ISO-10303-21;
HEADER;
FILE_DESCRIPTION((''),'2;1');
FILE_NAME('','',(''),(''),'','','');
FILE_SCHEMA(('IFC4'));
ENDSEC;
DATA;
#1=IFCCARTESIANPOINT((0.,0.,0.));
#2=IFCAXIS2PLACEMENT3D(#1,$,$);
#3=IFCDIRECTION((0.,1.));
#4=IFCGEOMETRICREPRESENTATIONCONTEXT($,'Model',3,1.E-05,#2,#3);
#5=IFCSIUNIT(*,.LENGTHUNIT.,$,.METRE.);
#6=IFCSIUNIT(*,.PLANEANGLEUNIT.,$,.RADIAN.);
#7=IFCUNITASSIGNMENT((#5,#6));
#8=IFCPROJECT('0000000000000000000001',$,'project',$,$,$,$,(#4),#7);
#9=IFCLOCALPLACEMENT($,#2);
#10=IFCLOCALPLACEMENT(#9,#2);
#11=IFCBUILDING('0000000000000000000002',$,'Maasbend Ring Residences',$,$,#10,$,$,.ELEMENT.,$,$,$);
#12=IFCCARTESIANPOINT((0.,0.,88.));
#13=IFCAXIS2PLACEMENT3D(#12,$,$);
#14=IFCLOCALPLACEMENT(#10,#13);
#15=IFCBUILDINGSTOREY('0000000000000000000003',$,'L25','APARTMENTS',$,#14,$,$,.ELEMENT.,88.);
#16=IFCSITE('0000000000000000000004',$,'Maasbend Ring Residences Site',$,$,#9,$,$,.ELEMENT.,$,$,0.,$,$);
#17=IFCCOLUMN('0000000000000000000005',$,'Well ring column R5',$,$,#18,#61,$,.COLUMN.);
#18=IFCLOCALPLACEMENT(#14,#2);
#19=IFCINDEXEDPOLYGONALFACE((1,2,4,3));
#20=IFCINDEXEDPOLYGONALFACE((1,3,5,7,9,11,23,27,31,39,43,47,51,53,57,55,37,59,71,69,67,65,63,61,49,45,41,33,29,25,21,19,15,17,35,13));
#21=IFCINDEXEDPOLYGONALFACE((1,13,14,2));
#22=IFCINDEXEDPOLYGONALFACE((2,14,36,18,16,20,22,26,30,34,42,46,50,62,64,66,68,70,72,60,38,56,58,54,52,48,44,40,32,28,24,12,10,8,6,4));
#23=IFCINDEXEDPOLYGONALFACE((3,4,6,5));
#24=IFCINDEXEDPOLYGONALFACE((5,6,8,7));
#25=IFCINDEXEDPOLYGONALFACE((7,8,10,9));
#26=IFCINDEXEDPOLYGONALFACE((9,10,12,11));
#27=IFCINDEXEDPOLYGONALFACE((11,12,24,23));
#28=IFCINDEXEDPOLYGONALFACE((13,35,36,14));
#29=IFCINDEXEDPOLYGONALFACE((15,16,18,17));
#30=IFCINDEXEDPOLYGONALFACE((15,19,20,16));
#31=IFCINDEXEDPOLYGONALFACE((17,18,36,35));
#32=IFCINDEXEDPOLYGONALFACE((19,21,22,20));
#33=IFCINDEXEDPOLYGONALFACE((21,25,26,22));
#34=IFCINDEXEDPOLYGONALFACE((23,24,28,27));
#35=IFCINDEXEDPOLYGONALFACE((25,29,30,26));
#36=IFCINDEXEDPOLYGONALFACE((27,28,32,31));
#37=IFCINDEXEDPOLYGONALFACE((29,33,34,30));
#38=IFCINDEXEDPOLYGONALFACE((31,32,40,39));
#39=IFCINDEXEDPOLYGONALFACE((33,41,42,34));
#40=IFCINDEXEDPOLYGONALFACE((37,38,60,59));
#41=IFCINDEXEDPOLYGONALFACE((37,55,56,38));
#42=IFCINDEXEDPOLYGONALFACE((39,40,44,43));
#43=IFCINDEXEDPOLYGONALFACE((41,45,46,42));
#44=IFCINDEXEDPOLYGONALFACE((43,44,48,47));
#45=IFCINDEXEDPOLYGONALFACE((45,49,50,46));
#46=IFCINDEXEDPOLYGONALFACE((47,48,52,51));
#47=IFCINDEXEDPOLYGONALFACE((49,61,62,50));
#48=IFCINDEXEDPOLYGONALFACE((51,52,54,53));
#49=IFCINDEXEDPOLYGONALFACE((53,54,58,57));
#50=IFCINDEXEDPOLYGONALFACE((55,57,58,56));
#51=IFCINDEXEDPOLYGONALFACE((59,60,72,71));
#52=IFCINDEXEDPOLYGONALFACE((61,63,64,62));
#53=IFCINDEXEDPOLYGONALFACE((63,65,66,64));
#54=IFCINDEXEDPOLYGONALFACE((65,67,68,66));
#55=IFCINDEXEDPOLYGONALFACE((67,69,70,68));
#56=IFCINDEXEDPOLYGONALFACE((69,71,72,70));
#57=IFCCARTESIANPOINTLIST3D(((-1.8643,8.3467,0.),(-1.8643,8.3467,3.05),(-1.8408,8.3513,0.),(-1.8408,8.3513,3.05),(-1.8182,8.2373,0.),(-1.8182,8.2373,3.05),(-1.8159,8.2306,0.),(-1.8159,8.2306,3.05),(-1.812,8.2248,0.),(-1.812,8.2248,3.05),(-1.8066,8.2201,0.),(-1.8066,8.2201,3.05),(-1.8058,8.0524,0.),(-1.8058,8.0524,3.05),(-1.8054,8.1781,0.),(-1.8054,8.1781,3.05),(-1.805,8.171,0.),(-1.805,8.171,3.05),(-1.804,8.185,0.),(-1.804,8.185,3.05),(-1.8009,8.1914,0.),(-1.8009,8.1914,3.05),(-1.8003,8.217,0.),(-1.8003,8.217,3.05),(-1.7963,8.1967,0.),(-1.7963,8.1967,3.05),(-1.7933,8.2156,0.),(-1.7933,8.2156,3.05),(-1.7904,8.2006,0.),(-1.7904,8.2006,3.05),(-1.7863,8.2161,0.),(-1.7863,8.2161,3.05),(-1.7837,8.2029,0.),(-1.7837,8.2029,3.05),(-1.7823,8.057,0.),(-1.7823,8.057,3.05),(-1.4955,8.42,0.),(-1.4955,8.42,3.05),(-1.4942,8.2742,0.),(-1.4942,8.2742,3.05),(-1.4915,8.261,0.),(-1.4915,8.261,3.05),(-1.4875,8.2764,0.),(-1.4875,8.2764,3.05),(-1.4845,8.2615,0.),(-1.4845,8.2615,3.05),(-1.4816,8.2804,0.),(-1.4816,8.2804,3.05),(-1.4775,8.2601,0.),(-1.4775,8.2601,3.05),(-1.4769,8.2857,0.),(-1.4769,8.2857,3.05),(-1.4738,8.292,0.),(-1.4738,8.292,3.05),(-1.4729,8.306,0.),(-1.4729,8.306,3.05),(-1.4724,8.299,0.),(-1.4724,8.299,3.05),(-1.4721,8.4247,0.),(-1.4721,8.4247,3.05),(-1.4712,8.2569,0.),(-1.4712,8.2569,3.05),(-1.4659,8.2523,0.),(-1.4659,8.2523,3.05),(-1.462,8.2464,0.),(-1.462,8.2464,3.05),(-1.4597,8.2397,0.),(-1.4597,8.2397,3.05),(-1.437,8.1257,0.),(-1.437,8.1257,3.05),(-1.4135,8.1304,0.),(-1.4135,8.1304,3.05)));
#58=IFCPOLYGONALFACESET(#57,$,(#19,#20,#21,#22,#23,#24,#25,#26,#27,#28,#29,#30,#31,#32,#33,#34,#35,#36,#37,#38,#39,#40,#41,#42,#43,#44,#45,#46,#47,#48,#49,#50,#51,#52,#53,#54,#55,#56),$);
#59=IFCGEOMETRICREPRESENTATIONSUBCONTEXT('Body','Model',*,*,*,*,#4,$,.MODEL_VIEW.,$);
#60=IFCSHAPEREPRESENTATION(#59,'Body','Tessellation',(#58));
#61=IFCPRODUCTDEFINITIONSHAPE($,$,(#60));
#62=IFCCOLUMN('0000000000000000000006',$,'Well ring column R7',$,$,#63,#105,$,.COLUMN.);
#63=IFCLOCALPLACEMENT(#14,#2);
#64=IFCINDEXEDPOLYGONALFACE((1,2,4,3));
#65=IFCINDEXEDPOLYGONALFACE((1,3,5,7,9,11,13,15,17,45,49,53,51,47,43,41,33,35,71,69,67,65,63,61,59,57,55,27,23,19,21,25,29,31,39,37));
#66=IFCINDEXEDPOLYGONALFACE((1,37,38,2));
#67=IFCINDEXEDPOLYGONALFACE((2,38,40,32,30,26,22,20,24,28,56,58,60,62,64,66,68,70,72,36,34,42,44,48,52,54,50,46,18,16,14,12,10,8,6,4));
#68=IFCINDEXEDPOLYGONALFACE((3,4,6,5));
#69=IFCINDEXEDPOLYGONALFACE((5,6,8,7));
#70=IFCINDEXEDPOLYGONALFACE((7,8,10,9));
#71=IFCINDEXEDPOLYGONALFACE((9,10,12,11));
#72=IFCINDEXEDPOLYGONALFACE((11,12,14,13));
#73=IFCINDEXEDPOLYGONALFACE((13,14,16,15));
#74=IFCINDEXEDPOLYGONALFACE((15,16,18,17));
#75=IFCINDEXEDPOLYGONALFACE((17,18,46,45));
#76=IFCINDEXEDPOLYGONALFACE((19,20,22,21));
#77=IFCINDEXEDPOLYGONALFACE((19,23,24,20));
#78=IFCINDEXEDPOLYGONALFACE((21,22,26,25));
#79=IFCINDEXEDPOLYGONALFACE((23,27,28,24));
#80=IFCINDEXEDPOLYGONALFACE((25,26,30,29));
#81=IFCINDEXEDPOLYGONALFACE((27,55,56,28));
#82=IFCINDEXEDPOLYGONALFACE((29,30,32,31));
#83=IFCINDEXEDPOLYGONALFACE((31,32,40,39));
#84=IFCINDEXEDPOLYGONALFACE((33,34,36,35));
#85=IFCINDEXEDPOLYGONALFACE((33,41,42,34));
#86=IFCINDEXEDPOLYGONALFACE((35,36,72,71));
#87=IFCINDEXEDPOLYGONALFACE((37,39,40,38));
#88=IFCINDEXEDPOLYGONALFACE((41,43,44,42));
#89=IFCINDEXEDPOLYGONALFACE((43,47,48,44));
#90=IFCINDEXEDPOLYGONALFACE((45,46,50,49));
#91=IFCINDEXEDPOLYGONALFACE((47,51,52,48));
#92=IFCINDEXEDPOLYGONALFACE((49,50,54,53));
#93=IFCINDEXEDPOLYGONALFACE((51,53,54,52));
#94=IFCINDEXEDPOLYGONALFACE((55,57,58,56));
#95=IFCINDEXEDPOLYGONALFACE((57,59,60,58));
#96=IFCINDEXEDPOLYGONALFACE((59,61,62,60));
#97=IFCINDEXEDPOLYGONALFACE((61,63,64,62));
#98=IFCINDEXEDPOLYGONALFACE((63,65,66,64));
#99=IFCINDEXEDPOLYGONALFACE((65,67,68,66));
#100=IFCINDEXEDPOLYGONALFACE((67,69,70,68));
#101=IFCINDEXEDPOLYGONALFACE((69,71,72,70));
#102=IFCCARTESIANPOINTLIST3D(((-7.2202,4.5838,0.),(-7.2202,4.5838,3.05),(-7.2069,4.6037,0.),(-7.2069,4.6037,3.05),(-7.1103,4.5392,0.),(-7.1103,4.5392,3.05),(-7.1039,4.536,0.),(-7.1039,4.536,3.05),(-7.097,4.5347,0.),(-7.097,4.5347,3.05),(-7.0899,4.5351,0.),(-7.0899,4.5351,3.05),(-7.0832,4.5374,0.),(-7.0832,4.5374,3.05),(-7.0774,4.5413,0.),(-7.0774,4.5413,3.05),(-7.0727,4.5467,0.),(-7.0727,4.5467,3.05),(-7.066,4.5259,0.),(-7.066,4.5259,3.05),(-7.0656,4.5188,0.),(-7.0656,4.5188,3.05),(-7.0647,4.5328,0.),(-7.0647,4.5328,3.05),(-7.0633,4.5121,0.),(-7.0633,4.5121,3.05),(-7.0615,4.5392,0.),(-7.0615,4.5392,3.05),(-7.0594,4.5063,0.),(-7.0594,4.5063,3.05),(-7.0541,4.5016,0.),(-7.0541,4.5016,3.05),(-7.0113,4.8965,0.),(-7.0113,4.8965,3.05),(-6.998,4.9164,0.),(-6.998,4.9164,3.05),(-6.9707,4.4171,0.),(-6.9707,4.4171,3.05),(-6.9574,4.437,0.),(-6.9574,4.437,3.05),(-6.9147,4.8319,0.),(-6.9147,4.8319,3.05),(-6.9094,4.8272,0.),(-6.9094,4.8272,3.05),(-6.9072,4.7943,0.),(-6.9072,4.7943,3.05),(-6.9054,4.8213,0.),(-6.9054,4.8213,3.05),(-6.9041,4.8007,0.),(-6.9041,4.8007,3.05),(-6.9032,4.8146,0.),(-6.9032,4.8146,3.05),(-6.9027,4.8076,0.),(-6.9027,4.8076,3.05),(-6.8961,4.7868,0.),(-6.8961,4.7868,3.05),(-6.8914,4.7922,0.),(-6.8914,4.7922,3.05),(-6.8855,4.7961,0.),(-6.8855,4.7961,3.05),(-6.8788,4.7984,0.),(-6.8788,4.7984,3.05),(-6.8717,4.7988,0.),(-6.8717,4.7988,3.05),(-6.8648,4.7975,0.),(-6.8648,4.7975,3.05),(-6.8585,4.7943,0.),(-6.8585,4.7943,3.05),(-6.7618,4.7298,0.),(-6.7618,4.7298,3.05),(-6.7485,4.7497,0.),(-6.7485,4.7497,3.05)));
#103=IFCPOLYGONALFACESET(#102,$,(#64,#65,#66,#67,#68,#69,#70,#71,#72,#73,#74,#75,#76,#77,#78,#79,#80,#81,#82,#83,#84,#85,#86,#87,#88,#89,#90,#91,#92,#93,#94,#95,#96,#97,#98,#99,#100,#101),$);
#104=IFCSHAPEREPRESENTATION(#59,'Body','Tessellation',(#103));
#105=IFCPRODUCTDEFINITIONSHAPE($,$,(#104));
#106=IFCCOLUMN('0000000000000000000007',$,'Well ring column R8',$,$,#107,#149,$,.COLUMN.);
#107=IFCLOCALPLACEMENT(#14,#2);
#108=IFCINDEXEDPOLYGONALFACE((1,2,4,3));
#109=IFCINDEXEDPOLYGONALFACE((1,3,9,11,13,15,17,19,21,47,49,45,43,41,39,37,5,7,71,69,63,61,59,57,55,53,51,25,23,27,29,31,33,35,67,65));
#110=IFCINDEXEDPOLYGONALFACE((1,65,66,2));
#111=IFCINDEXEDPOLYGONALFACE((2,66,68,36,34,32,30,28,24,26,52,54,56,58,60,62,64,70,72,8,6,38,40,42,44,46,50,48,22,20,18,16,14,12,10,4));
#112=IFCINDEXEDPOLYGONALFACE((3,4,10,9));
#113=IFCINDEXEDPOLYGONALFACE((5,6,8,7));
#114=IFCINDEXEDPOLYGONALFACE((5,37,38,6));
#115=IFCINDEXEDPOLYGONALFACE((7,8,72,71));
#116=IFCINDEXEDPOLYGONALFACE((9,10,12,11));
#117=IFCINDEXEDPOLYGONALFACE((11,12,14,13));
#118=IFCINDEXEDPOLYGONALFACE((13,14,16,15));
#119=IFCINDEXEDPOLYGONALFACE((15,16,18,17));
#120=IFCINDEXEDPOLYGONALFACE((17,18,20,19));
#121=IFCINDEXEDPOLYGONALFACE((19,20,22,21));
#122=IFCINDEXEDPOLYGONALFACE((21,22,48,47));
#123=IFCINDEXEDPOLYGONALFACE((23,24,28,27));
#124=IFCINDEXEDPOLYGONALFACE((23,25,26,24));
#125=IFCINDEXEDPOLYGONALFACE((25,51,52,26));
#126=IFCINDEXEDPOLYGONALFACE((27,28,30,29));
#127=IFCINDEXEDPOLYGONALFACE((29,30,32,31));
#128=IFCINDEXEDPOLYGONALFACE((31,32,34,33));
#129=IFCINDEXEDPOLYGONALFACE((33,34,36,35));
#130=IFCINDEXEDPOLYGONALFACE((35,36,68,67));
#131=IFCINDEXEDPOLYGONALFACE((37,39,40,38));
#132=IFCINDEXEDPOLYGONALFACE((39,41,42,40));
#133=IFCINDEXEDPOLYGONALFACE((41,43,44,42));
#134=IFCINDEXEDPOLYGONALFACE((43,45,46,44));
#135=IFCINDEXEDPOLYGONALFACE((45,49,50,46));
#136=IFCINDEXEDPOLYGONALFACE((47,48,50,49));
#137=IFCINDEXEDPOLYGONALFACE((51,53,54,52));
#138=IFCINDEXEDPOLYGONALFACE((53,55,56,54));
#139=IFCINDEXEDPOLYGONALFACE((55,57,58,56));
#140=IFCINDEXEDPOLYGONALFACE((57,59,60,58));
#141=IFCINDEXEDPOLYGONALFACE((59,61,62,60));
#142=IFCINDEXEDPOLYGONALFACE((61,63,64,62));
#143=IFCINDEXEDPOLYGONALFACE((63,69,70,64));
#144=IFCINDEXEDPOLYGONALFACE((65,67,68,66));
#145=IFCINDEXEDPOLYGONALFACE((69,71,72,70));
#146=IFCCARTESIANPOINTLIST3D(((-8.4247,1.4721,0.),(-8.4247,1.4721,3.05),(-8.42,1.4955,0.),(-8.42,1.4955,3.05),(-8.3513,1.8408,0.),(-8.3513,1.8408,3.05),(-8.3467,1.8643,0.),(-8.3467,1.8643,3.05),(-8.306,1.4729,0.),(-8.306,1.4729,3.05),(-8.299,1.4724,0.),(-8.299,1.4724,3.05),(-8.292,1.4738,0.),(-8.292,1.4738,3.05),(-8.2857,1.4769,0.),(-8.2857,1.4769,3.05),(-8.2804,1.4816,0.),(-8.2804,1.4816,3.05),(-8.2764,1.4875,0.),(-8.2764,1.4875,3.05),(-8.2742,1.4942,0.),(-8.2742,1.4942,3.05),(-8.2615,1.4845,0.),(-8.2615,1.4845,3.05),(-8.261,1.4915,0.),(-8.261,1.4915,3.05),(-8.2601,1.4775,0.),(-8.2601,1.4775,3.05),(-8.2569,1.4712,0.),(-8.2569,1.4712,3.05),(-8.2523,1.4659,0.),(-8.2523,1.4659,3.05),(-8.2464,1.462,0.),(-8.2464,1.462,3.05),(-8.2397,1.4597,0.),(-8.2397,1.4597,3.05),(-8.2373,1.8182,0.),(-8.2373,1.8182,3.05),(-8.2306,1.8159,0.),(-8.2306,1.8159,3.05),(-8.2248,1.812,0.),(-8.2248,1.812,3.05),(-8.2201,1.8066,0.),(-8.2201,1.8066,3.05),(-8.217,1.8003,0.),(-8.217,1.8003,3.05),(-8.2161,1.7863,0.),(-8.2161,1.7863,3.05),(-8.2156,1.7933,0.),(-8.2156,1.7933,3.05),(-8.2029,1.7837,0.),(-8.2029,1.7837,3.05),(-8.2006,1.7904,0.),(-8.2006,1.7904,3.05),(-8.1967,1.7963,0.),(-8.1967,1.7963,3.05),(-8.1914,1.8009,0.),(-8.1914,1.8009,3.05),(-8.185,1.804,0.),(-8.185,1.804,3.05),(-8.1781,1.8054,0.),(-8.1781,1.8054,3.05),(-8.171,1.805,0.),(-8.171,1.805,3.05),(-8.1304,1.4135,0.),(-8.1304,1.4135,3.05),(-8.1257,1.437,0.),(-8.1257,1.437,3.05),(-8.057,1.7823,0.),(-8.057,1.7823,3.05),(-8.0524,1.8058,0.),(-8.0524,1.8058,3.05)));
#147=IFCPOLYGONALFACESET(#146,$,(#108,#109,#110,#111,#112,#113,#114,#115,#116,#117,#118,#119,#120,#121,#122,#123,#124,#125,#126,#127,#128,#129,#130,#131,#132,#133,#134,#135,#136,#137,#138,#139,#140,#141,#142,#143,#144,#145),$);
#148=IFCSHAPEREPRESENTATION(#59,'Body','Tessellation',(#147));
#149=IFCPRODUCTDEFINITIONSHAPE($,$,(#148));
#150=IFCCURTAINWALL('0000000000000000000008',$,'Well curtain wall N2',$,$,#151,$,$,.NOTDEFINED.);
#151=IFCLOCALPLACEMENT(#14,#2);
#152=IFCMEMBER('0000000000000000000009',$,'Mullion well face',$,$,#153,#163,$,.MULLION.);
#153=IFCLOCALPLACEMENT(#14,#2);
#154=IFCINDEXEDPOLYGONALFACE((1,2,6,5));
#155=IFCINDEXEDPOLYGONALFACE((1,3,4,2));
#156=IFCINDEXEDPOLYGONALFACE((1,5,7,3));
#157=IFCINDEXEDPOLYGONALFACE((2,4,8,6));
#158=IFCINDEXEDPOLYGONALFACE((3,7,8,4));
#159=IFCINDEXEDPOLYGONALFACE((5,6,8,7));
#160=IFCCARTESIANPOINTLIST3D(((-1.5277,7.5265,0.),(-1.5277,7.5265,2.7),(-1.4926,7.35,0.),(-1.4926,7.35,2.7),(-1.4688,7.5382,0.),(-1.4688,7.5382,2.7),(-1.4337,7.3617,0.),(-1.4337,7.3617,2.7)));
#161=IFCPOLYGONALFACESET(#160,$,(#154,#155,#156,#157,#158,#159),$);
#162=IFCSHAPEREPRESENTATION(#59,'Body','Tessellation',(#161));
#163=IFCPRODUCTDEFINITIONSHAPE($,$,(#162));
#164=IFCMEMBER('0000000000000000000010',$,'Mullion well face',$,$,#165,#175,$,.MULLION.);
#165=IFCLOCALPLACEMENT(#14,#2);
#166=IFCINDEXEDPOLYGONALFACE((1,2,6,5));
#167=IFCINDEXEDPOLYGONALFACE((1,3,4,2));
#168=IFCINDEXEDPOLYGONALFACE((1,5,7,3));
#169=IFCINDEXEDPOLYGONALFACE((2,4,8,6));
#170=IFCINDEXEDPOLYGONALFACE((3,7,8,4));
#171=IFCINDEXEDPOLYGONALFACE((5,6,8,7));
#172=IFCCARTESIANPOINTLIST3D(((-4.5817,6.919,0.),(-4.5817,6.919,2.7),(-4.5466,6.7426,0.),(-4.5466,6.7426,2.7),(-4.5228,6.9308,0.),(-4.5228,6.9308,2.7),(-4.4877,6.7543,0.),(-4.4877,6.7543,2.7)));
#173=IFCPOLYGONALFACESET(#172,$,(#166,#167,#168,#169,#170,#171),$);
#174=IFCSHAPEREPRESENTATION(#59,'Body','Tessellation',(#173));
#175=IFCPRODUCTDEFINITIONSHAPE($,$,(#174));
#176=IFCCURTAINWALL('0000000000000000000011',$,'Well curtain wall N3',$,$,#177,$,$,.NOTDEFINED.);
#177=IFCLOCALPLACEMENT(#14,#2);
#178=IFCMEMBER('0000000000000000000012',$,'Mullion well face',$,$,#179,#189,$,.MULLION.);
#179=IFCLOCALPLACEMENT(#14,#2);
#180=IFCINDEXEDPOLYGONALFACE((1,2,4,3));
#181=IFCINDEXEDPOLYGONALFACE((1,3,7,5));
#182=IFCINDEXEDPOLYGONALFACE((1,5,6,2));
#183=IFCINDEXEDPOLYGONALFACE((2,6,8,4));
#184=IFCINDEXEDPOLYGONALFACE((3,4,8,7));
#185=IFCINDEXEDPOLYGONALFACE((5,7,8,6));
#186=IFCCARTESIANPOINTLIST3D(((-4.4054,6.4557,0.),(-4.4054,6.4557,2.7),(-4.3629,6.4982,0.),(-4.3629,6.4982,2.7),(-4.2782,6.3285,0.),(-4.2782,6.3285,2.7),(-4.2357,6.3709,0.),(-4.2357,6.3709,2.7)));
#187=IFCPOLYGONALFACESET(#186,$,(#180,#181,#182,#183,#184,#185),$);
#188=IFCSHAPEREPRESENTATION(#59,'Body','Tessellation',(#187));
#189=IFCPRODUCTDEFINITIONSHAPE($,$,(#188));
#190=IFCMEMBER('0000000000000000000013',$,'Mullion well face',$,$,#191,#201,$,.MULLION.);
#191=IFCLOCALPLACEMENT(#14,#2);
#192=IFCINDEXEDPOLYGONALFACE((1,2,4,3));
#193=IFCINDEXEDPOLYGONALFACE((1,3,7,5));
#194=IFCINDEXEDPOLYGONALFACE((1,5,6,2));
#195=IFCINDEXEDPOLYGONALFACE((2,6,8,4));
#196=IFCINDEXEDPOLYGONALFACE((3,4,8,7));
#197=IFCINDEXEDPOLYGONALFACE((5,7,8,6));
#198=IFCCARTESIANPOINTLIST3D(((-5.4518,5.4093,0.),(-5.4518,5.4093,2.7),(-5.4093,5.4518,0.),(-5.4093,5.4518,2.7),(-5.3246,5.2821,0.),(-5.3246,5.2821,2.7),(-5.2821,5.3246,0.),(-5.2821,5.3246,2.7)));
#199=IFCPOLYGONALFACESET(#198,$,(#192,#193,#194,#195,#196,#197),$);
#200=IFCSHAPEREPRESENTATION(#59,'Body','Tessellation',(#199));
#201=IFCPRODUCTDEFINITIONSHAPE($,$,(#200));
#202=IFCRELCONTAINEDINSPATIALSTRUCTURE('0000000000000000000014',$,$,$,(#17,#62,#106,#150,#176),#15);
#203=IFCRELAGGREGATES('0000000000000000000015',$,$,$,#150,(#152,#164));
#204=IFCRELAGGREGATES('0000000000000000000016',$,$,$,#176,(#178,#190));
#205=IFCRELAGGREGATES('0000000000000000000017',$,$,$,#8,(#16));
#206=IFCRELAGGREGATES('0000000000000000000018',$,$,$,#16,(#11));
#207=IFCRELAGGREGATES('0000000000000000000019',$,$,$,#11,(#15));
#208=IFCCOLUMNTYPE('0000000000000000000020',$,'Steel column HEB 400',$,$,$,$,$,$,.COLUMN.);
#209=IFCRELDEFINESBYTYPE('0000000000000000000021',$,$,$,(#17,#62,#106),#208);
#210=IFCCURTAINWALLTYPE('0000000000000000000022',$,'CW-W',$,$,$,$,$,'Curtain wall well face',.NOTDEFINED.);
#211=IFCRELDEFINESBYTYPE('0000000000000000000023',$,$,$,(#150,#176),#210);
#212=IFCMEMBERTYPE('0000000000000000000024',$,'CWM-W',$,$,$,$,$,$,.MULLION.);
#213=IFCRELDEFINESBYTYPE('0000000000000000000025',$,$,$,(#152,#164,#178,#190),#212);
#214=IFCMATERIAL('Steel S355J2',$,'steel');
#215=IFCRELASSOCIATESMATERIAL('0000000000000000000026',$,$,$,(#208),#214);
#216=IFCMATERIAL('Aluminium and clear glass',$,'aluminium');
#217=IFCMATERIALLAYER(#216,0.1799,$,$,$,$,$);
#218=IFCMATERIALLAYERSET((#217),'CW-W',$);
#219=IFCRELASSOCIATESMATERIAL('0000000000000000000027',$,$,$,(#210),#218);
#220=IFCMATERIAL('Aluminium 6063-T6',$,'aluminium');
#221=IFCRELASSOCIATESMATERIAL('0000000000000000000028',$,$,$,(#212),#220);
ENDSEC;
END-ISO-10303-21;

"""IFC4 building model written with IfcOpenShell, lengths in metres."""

from ifc_helpers import new_model, si_unit, direction, frame, origin, origin_2d, place, context, subcontext, project, spatial, rectangle, i_section, extrude, material, layer, layer_set, material_profile, profile_set, type_object, element, aggregate, save


model = new_model("IFC4")

# Units and contexts
model_context = context("Model", 3, precision=1e-05, world=origin(), true_north=direction((0.0, 1.0)))
body_context = subcontext(model_context, "Body", "Model", "MODEL_VIEW")
ifc_project = project(units=[si_unit("LENGTHUNIT", "METRE"), si_unit("PLANEANGLEUNIT", "RADIAN")], contexts=[model_context])

# Site, building, storey
site_placement = place(None, origin())
site = spatial("IfcSite", under=ifc_project, at=site_placement, Name="Maasbend Ring Residences Site", CompositionType="ELEMENT", RefElevation=0.0)
building_placement = place(site_placement, origin())
building = spatial("IfcBuilding", under=site, at=building_placement, Name="Maasbend Ring Residences", CompositionType="ELEMENT")
storey_placement = place(building_placement, frame((0.0, 0.0, 88.0)))
storey = spatial("IfcBuildingStorey", under=building, at=storey_placement, Name="L25", Description="APARTMENTS", CompositionType="ELEMENT", Elevation=88.0)

# Columns
ifc_material_1 = material(Name="Steel S355J2", Category="steel")
ifc_material_profile_1 = material_profile(ifc_material_1, i_section(OverallWidth=0.3, OverallDepth=0.3999, WebThickness=0.0134, FlangeThickness=0.0239, FilletRadius=0.0271, at=origin_2d()), Name="HEB 400")
ifc_profile_set_1 = profile_set([ifc_material_profile_1], Name="Steel S355J2")
column_type = type_object("IfcColumnType", Name="Steel column HEB 400", PredefinedType="COLUMN", material=ifc_profile_set_1)
for number, where, z_axis, x_axis, name in (
    (1, (-1.6389, 8.2385, 0.0), (0.0, 0.0, 1.0), (-0.19509, 0.980785, 0.0), "Well ring column R5"),
    (2, (-6.9844, 4.6667, 0.0), (0.0, 0.0, 1.0), (-0.83147, 0.55557, 0.0), "Well ring column R7"),
    (3, (-8.2385, 1.6389, 0.0), (0.0, 0.0, 1.0), (-0.980785, 0.19509, 0.0), "Well ring column R8"),
):
    element("IfcColumn", number, at=place(storey_placement, frame(where, z_axis=z_axis, x_axis=x_axis)), inside=storey, type_object=column_type, Name=name, PredefinedType="COLUMN", context=body_context, shape_type="SweptSolid", body=[
        extrude(i_section(OverallWidth=0.3, OverallDepth=0.3999, WebThickness=0.0134, FlangeThickness=0.0239, FilletRadius=0.0271, at=origin_2d()), origin(), (0.0, 0.0, 1.0), 3.05),
    ])

# Curtain walls, members
ifc_material_2 = material(Name="Aluminium and clear glass", Category="aluminium")
ifc_layer_1 = layer(ifc_material_2, 0.1799)
ifc_layer_set_1 = layer_set([ifc_layer_1], Name="CW-W")
curtain_wall_type = type_object("IfcCurtainWallType", Name="CW-W", ElementType="Curtain wall well face", PredefinedType="NOTDEFINED", material=ifc_layer_set_1)
curtain_wall_1_placement = place(storey_placement, origin())
curtain_wall_1 = element("IfcCurtainWall", 4, at=curtain_wall_1_placement, inside=storey, type_object=curtain_wall_type, Name="Well curtain wall N2", PredefinedType="NOTDEFINED")
ifc_material_3 = material(Name="Aluminium 6063-T6", Category="aluminium")
ifc_material_profile_2 = material_profile(ifc_material_3, rectangle(XDim=0.1799, YDim=0.0601, at=origin_2d()), Name="AL 180x60")
ifc_profile_set_2 = profile_set([ifc_material_profile_2], Name="Aluminium 6063-T6")
member_type_1 = type_object("IfcMemberType", Name="CWM-W", PredefinedType="MULLION", material=ifc_profile_set_2)
member_1_placement = place(storey_placement, frame((-1.4807, 7.4441, 0.0), z_axis=(0.0, 0.0, 1.0), x_axis=(0.19509, -0.980785, 0.0)))
member_1 = element("IfcMember", 5, at=member_1_placement, type_object=member_type_1, Name="Mullion well face", PredefinedType="MULLION", context=body_context, shape_type="SweptSolid", body=[
    extrude(rectangle(XDim=0.1799, YDim=0.0601, at=origin_2d()), origin(), (0.0, 0.0, 1.0), 2.7),
])
member_2_placement = place(storey_placement, frame((-4.5347, 6.8367, 0.0), z_axis=(0.0, 0.0, 1.0), x_axis=(0.19509, -0.980785, 0.0)))
member_2 = element("IfcMember", 6, at=member_2_placement, type_object=member_type_1, Name="Mullion well face", PredefinedType="MULLION", context=body_context, shape_type="SweptSolid", body=[
    extrude(rectangle(XDim=0.1799, YDim=0.0601, at=origin_2d()), origin(), (0.0, 0.0, 1.0), 2.7),
])
curtain_wall_2_placement = place(storey_placement, origin())
curtain_wall_2 = element("IfcCurtainWall", 7, at=curtain_wall_2_placement, inside=storey, type_object=curtain_wall_type, Name="Well curtain wall N3", PredefinedType="NOTDEFINED")
member_3_placement = place(storey_placement, frame((-4.3206, 6.4133, 0.0), z_axis=(0.0, 0.0, 1.0), x_axis=(0.707107, -0.707107, 0.0)))
member_3 = element("IfcMember", 8, at=member_3_placement, type_object=member_type_1, Name="Mullion well face", PredefinedType="MULLION", context=body_context, shape_type="SweptSolid", body=[
    extrude(rectangle(XDim=0.1799, YDim=0.0601, at=origin_2d()), origin(), (0.0, 0.0, 1.0), 2.7),
])
member_4_placement = place(storey_placement, frame((-5.3669, 5.3669, 0.0), z_axis=(0.0, 0.0, 1.0), x_axis=(0.707107, -0.707107, 0.0)))
member_4 = element("IfcMember", 9, at=member_4_placement, type_object=member_type_1, Name="Mullion well face", PredefinedType="MULLION", context=body_context, shape_type="SweptSolid", body=[
    extrude(rectangle(XDim=0.1799, YDim=0.0601, at=origin_2d()), origin(), (0.0, 0.0, 1.0), 2.7),
])

aggregate(curtain_wall_1, [member_1, member_2])
aggregate(curtain_wall_2, [member_3, member_4])

save(model, "model.ifc")
